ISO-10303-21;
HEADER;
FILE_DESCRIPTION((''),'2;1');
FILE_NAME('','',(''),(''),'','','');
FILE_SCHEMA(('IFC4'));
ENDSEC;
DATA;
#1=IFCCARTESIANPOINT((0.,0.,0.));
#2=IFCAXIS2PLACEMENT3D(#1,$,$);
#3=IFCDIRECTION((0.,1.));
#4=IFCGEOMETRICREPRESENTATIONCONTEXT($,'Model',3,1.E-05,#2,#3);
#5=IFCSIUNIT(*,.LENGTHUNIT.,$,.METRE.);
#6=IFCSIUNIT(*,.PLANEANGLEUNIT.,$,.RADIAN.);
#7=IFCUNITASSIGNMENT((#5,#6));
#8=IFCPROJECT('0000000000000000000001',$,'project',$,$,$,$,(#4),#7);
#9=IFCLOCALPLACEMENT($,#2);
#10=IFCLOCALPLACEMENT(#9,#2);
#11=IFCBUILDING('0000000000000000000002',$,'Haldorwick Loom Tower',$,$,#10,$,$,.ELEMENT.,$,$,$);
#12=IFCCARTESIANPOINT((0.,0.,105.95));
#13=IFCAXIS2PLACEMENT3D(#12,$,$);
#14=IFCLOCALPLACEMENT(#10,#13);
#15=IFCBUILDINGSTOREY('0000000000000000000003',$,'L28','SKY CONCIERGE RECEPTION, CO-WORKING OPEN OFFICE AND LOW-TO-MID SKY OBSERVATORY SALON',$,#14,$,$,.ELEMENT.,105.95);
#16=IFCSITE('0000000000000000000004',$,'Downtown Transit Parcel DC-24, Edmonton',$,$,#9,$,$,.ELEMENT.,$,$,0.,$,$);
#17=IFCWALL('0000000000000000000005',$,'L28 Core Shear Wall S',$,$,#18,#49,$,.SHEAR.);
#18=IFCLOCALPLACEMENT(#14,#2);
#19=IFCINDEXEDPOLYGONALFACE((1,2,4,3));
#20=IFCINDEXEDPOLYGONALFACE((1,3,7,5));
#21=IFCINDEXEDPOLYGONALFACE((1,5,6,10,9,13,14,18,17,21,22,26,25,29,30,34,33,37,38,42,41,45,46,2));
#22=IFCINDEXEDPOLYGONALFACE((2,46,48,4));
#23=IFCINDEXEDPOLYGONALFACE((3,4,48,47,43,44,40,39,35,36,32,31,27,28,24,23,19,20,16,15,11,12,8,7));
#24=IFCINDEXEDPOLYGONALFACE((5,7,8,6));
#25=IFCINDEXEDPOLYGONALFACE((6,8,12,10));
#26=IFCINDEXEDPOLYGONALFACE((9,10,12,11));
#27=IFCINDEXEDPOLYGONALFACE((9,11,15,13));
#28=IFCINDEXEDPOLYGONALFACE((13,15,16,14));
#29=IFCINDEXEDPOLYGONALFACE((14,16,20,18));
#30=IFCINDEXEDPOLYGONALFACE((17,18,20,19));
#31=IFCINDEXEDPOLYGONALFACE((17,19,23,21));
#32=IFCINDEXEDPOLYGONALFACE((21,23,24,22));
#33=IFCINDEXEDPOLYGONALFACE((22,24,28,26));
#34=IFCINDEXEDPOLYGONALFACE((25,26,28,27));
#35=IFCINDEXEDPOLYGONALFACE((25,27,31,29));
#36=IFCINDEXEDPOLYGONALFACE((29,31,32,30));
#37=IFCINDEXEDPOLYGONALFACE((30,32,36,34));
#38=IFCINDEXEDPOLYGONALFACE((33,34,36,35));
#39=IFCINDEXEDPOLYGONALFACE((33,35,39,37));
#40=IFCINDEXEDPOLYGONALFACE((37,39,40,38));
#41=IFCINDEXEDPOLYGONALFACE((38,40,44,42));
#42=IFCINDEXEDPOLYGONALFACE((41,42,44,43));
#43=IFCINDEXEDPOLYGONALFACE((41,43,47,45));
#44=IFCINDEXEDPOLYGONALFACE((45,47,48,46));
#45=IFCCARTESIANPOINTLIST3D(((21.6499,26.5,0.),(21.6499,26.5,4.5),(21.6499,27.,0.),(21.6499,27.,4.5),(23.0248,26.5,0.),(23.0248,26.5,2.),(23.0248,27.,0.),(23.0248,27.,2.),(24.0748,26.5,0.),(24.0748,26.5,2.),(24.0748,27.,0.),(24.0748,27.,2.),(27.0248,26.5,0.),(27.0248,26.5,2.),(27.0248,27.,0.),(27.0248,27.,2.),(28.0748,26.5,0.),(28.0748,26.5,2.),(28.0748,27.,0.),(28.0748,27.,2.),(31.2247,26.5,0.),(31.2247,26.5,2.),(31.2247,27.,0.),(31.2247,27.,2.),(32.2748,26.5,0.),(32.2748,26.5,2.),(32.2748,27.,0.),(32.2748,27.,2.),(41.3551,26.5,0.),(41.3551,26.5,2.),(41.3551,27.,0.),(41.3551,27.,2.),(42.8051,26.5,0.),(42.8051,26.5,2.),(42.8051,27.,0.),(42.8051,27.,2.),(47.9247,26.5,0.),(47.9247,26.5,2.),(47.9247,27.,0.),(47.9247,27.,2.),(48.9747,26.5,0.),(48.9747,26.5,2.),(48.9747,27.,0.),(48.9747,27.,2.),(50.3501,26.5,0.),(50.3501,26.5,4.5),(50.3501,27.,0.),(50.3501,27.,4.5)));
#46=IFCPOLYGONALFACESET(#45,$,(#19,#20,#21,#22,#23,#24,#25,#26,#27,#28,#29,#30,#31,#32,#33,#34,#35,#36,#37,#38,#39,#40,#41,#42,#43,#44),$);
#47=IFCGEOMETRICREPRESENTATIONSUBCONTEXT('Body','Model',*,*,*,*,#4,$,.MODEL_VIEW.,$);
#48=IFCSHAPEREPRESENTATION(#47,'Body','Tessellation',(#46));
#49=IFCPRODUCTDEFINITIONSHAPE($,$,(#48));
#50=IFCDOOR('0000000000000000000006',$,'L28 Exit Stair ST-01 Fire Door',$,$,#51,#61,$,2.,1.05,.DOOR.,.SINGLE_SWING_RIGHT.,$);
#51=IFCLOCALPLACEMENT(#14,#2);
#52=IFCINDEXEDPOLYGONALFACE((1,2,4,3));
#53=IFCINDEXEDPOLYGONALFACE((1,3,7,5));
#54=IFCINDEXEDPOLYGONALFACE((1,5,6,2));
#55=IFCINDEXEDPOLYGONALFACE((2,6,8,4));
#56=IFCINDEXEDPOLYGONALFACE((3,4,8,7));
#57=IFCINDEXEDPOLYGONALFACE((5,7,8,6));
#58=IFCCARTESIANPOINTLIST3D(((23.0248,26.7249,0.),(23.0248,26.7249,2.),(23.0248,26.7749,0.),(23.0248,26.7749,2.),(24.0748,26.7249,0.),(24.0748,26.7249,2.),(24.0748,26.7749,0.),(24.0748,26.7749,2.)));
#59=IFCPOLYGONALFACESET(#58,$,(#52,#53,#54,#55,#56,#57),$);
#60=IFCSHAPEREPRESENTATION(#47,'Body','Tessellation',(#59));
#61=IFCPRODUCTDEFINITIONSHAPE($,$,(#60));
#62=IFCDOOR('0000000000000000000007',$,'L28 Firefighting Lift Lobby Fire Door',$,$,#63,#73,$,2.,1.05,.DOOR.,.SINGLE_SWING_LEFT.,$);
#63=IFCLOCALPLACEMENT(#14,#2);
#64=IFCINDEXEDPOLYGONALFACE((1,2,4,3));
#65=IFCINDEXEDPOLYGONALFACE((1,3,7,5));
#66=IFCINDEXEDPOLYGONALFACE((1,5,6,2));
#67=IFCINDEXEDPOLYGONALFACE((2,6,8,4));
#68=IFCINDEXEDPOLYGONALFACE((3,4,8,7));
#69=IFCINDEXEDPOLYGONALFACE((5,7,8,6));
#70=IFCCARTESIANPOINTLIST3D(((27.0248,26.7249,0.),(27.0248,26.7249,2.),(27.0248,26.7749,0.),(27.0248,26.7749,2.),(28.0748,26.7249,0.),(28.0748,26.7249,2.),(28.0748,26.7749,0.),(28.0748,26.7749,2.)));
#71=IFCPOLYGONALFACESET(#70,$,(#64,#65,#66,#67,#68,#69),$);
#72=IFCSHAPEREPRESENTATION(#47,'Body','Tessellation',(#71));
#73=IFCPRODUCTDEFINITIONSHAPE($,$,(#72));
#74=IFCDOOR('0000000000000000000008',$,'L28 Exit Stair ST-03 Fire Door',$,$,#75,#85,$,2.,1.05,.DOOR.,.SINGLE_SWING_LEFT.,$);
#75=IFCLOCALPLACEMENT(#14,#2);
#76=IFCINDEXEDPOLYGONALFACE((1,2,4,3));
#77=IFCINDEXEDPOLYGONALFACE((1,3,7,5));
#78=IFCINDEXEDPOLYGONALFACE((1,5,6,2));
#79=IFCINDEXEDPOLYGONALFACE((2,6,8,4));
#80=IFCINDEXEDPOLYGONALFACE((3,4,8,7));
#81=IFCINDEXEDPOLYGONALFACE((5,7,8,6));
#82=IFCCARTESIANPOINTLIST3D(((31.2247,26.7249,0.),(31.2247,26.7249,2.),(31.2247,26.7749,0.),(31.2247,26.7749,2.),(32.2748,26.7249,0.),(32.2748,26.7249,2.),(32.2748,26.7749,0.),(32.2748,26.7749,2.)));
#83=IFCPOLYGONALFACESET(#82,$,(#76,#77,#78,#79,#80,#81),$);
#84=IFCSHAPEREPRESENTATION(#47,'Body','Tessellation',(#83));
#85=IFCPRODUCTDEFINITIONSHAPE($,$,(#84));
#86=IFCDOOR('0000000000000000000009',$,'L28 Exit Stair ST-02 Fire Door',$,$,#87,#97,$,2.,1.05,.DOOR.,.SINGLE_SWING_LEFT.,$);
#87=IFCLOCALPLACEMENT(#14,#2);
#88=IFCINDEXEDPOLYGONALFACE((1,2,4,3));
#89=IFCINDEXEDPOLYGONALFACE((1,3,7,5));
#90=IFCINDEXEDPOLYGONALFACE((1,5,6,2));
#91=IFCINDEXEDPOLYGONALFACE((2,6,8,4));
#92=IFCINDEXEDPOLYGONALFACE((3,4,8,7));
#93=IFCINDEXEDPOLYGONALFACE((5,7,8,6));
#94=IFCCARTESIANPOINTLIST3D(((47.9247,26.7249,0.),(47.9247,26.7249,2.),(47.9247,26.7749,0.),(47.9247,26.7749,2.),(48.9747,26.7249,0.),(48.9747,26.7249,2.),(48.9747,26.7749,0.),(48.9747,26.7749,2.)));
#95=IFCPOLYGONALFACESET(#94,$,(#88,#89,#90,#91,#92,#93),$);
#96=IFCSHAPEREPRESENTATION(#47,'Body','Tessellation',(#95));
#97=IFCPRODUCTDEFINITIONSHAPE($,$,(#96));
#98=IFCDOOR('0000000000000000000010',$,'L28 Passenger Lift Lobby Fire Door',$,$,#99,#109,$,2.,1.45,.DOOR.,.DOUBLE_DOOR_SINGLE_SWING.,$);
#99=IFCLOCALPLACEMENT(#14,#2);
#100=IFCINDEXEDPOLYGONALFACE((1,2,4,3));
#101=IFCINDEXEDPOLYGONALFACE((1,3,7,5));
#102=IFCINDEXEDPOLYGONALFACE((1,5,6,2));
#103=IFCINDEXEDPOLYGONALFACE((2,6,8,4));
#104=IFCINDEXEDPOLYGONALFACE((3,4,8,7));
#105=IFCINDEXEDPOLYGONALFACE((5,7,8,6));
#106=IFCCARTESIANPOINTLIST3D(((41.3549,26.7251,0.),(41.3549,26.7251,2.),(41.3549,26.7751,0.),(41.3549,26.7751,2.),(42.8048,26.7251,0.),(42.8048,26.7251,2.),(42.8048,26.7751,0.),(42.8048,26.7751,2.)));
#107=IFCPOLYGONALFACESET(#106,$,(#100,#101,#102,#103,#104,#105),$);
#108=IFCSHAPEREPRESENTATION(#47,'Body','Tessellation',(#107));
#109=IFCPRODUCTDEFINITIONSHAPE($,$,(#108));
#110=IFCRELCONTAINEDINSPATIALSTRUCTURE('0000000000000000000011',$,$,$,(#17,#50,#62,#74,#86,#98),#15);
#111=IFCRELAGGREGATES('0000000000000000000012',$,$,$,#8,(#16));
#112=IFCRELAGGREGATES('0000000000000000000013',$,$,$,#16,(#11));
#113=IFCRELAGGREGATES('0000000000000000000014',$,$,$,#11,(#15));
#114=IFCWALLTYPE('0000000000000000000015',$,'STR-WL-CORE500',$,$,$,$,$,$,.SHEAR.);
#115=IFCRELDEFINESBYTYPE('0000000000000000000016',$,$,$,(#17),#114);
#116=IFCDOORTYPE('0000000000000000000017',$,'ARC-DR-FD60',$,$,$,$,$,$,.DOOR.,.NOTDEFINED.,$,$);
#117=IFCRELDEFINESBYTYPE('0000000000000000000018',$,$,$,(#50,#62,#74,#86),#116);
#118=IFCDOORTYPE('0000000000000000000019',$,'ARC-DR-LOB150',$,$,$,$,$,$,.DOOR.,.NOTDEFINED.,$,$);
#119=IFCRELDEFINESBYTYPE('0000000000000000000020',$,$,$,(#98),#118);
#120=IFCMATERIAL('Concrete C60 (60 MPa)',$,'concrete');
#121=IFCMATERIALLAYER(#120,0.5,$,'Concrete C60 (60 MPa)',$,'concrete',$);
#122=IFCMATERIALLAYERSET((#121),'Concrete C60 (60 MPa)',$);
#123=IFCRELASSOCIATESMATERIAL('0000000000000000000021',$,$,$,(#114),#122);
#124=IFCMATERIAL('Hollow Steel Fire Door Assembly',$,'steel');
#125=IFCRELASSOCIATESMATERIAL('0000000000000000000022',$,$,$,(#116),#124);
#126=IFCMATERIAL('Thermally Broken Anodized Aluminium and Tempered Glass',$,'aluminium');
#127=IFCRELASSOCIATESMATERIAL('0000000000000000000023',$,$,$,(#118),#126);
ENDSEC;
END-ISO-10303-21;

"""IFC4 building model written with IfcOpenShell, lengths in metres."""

from ifc_helpers import new_model, si_unit, direction, frame, frame_2d, origin, place, context, subcontext, project, spatial, rectangle, extrude, material, layer, layer_set, type_object, element, fill, save


model = new_model("IFC4")

# Units and contexts
model_context = context("Model", 3, precision=1e-05, world=origin(), true_north=direction((0.0, 1.0)))
body_context = subcontext(model_context, "Body", "Model", "MODEL_VIEW")
ifc_project = project(units=[si_unit("LENGTHUNIT", "METRE"), si_unit("PLANEANGLEUNIT", "RADIAN")], contexts=[model_context])

# Site, building, storey
site_placement = place(None, origin())
site = spatial("IfcSite", under=ifc_project, at=site_placement, Name="Downtown Transit Parcel DC-24, Edmonton", CompositionType="ELEMENT", RefElevation=0.0)
building_placement = place(site_placement, origin())
building = spatial("IfcBuilding", under=site, at=building_placement, Name="Haldorwick Loom Tower", CompositionType="ELEMENT")
storey_placement = place(building_placement, frame((0.0, 0.0, 105.95)))
storey = spatial("IfcBuildingStorey", under=building, at=storey_placement, Name="L28", Description="SKY CONCIERGE RECEPTION, CO-WORKING OPEN OFFICE AND LOW-TO-MID SKY OBSERVATORY SALON", CompositionType="ELEMENT", Elevation=105.95)

# Shared definitions
ifc_material_1 = material(Name="Concrete C60 (60 MPa)", Category="concrete")

# Shared definitions
ifc_material_2 = material(Name="Hollow Steel Fire Door Assembly", Category="steel")

# Wall, openings, doors
ifc_layer_1 = layer(ifc_material_1, 0.5, Name="Concrete C60 (60 MPa)", Category="concrete")
ifc_layer_set_1 = layer_set([ifc_layer_1], Name="Concrete C60 (60 MPa)")
wall_type_1 = type_object("IfcWallType", Name="STR-WL-CORE500", PredefinedType="SHEAR", material=ifc_layer_set_1)
wall_1_placement = place(storey_placement, frame((21.6499, 26.75, 0.0), z_axis=(0.0, 0.0, 1.0), x_axis=(1.0, 0.0, 0.0)))
wall_1 = element("IfcWall", 1, at=wall_1_placement, inside=storey, type_object=wall_type_1, Name="L28 Core Shear Wall S", PredefinedType="SHEAR", context=body_context, shape_type="SweptSolid", body=[
    extrude(rectangle(XDim=28.7002, YDim=0.5, at=frame_2d((14.3501, 0.0))), origin(), (0.0, 0.0, 1.0), 4.5),
])
opening_1_placement = place(wall_1_placement, frame((1.375, 0.0, 0.0)))
opening_1 = element("IfcOpeningElement", 2, at=opening_1_placement, cuts=wall_1, PredefinedType="OPENING", context=body_context, shape_type="SweptSolid", body=[
    extrude(rectangle(XDim=1.05, YDim=2.0, at=frame_2d((0.5249, 1.0))), frame((0.0, 0.26, 0.0), z_axis=(0.0, -1.0, 0.0), x_axis=(1.0, 0.0, 0.0)), (0.0, 0.0, 1.0), 0.52),
])
opening_2_placement = place(wall_1_placement, frame((5.375, 0.0, 0.0)))
opening_2 = element("IfcOpeningElement", 3, at=opening_2_placement, cuts=wall_1, PredefinedType="OPENING", context=body_context, shape_type="SweptSolid", body=[
    extrude(rectangle(XDim=1.05, YDim=2.0, at=frame_2d((0.5249, 1.0))), frame((0.0, 0.26, 0.0), z_axis=(0.0, -1.0, 0.0), x_axis=(1.0, 0.0, 0.0)), (0.0, 0.0, 1.0), 0.52),
])
opening_3_placement = place(wall_1_placement, frame((9.575, 0.0, 0.0)))
opening_3 = element("IfcOpeningElement", 4, at=opening_3_placement, cuts=wall_1, PredefinedType="OPENING", context=body_context, shape_type="SweptSolid", body=[
    extrude(rectangle(XDim=1.05, YDim=2.0, at=frame_2d((0.5249, 1.0))), frame((0.0, 0.26, 0.0), z_axis=(0.0, -1.0, 0.0), x_axis=(1.0, 0.0, 0.0)), (0.0, 0.0, 1.0), 0.52),
])
opening_4_placement = place(wall_1_placement, frame((19.7051, 0.0, 0.0)))
opening_4 = element("IfcOpeningElement", 5, at=opening_4_placement, cuts=wall_1, PredefinedType="OPENING", context=body_context, shape_type="SweptSolid", body=[
    extrude(rectangle(XDim=1.45, YDim=2.0, at=frame_2d((0.7251, 1.0))), frame((0.0, 0.26, 0.0), z_axis=(0.0, -1.0, 0.0), x_axis=(1.0, 0.0, 0.0)), (0.0, 0.0, 1.0), 0.52),
])
opening_5_placement = place(wall_1_placement, frame((26.2749, 0.0, 0.0)))
opening_5 = element("IfcOpeningElement", 6, at=opening_5_placement, cuts=wall_1, PredefinedType="OPENING", context=body_context, shape_type="SweptSolid", body=[
    extrude(rectangle(XDim=1.05, YDim=2.0, at=frame_2d((0.5249, 1.0))), frame((0.0, 0.26, 0.0), z_axis=(0.0, -1.0, 0.0), x_axis=(1.0, 0.0, 0.0)), (0.0, 0.0, 1.0), 0.52),
])
door_type_1 = type_object("IfcDoorType", Name="ARC-DR-FD60", OperationType="NOTDEFINED", PredefinedType="DOOR", material=ifc_material_2)
door_1_placement = place(opening_1_placement, origin())
door_1 = element("IfcDoor", 7, at=door_1_placement, inside=storey, type_object=door_type_1, Name="L28 Exit Stair ST-01 Fire Door", OperationType="SINGLE_SWING_RIGHT", OverallHeight=2.0, OverallWidth=1.05, PredefinedType="DOOR", context=body_context, shape_type="SweptSolid", body=[
    extrude(rectangle(XDim=1.05, YDim=2.0, at=frame_2d((0.5249, 1.0))), frame((0.0, 0.0249, 0.0), z_axis=(0.0, -1.0, 0.0), x_axis=(1.0, 0.0, 0.0)), (0.0, 0.0, 1.0), 0.05),
])
fill(opening_1, door_1)
door_2_placement = place(opening_2_placement, origin())
door_2 = element("IfcDoor", 8, at=door_2_placement, inside=storey, type_object=door_type_1, Name="L28 Firefighting Lift Lobby Fire Door", OperationType="SINGLE_SWING_LEFT", OverallHeight=2.0, OverallWidth=1.05, PredefinedType="DOOR", context=body_context, shape_type="SweptSolid", body=[
    extrude(rectangle(XDim=1.05, YDim=2.0, at=frame_2d((0.5249, 1.0))), frame((0.0, 0.0249, 0.0), z_axis=(0.0, -1.0, 0.0), x_axis=(1.0, 0.0, 0.0)), (0.0, 0.0, 1.0), 0.05),
])
fill(opening_2, door_2)
door_3_placement = place(opening_3_placement, origin())
door_3 = element("IfcDoor", 9, at=door_3_placement, inside=storey, type_object=door_type_1, Name="L28 Exit Stair ST-03 Fire Door", OperationType="SINGLE_SWING_LEFT", OverallHeight=2.0, OverallWidth=1.05, PredefinedType="DOOR", context=body_context, shape_type="SweptSolid", body=[
    extrude(rectangle(XDim=1.05, YDim=2.0, at=frame_2d((0.5249, 1.0))), frame((0.0, 0.0249, 0.0), z_axis=(0.0, -1.0, 0.0), x_axis=(1.0, 0.0, 0.0)), (0.0, 0.0, 1.0), 0.05),
])
fill(opening_3, door_3)
door_4_placement = place(opening_5_placement, origin())
door_4 = element("IfcDoor", 10, at=door_4_placement, inside=storey, type_object=door_type_1, Name="L28 Exit Stair ST-02 Fire Door", OperationType="SINGLE_SWING_LEFT", OverallHeight=2.0, OverallWidth=1.05, PredefinedType="DOOR", context=body_context, shape_type="SweptSolid", body=[
    extrude(rectangle(XDim=1.05, YDim=2.0, at=frame_2d((0.5249, 1.0))), frame((0.0, 0.0249, 0.0), z_axis=(0.0, -1.0, 0.0), x_axis=(1.0, 0.0, 0.0)), (0.0, 0.0, 1.0), 0.05),
])
fill(opening_5, door_4)
ifc_material_3 = material(Name="Thermally Broken Anodized Aluminium and Tempered Glass", Category="aluminium")
door_type_2 = type_object("IfcDoorType", Name="ARC-DR-LOB150", OperationType="NOTDEFINED", PredefinedType="DOOR", material=ifc_material_3)
door_5_placement = place(opening_4_placement, frame((1.45, 0.0, 0.0), z_axis=(0.0, 0.0, 1.0), x_axis=(-1.0, 0.0, 0.0)))
door_5 = element("IfcDoor", 11, at=door_5_placement, inside=storey, type_object=door_type_2, Name="L28 Passenger Lift Lobby Fire Door", OperationType="DOUBLE_DOOR_SINGLE_SWING", OverallHeight=2.0, OverallWidth=1.45, PredefinedType="DOOR", context=body_context, shape_type="SweptSolid", body=[
    extrude(rectangle(XDim=1.45, YDim=2.0, at=frame_2d((0.7251, 1.0))), frame((0.0, 0.0249, 0.0), z_axis=(0.0, -1.0, 0.0), x_axis=(1.0, 0.0, 0.0)), (0.0, 0.0, 1.0), 0.05),
])
fill(opening_4, door_5)

save(model, "model.ifc")
